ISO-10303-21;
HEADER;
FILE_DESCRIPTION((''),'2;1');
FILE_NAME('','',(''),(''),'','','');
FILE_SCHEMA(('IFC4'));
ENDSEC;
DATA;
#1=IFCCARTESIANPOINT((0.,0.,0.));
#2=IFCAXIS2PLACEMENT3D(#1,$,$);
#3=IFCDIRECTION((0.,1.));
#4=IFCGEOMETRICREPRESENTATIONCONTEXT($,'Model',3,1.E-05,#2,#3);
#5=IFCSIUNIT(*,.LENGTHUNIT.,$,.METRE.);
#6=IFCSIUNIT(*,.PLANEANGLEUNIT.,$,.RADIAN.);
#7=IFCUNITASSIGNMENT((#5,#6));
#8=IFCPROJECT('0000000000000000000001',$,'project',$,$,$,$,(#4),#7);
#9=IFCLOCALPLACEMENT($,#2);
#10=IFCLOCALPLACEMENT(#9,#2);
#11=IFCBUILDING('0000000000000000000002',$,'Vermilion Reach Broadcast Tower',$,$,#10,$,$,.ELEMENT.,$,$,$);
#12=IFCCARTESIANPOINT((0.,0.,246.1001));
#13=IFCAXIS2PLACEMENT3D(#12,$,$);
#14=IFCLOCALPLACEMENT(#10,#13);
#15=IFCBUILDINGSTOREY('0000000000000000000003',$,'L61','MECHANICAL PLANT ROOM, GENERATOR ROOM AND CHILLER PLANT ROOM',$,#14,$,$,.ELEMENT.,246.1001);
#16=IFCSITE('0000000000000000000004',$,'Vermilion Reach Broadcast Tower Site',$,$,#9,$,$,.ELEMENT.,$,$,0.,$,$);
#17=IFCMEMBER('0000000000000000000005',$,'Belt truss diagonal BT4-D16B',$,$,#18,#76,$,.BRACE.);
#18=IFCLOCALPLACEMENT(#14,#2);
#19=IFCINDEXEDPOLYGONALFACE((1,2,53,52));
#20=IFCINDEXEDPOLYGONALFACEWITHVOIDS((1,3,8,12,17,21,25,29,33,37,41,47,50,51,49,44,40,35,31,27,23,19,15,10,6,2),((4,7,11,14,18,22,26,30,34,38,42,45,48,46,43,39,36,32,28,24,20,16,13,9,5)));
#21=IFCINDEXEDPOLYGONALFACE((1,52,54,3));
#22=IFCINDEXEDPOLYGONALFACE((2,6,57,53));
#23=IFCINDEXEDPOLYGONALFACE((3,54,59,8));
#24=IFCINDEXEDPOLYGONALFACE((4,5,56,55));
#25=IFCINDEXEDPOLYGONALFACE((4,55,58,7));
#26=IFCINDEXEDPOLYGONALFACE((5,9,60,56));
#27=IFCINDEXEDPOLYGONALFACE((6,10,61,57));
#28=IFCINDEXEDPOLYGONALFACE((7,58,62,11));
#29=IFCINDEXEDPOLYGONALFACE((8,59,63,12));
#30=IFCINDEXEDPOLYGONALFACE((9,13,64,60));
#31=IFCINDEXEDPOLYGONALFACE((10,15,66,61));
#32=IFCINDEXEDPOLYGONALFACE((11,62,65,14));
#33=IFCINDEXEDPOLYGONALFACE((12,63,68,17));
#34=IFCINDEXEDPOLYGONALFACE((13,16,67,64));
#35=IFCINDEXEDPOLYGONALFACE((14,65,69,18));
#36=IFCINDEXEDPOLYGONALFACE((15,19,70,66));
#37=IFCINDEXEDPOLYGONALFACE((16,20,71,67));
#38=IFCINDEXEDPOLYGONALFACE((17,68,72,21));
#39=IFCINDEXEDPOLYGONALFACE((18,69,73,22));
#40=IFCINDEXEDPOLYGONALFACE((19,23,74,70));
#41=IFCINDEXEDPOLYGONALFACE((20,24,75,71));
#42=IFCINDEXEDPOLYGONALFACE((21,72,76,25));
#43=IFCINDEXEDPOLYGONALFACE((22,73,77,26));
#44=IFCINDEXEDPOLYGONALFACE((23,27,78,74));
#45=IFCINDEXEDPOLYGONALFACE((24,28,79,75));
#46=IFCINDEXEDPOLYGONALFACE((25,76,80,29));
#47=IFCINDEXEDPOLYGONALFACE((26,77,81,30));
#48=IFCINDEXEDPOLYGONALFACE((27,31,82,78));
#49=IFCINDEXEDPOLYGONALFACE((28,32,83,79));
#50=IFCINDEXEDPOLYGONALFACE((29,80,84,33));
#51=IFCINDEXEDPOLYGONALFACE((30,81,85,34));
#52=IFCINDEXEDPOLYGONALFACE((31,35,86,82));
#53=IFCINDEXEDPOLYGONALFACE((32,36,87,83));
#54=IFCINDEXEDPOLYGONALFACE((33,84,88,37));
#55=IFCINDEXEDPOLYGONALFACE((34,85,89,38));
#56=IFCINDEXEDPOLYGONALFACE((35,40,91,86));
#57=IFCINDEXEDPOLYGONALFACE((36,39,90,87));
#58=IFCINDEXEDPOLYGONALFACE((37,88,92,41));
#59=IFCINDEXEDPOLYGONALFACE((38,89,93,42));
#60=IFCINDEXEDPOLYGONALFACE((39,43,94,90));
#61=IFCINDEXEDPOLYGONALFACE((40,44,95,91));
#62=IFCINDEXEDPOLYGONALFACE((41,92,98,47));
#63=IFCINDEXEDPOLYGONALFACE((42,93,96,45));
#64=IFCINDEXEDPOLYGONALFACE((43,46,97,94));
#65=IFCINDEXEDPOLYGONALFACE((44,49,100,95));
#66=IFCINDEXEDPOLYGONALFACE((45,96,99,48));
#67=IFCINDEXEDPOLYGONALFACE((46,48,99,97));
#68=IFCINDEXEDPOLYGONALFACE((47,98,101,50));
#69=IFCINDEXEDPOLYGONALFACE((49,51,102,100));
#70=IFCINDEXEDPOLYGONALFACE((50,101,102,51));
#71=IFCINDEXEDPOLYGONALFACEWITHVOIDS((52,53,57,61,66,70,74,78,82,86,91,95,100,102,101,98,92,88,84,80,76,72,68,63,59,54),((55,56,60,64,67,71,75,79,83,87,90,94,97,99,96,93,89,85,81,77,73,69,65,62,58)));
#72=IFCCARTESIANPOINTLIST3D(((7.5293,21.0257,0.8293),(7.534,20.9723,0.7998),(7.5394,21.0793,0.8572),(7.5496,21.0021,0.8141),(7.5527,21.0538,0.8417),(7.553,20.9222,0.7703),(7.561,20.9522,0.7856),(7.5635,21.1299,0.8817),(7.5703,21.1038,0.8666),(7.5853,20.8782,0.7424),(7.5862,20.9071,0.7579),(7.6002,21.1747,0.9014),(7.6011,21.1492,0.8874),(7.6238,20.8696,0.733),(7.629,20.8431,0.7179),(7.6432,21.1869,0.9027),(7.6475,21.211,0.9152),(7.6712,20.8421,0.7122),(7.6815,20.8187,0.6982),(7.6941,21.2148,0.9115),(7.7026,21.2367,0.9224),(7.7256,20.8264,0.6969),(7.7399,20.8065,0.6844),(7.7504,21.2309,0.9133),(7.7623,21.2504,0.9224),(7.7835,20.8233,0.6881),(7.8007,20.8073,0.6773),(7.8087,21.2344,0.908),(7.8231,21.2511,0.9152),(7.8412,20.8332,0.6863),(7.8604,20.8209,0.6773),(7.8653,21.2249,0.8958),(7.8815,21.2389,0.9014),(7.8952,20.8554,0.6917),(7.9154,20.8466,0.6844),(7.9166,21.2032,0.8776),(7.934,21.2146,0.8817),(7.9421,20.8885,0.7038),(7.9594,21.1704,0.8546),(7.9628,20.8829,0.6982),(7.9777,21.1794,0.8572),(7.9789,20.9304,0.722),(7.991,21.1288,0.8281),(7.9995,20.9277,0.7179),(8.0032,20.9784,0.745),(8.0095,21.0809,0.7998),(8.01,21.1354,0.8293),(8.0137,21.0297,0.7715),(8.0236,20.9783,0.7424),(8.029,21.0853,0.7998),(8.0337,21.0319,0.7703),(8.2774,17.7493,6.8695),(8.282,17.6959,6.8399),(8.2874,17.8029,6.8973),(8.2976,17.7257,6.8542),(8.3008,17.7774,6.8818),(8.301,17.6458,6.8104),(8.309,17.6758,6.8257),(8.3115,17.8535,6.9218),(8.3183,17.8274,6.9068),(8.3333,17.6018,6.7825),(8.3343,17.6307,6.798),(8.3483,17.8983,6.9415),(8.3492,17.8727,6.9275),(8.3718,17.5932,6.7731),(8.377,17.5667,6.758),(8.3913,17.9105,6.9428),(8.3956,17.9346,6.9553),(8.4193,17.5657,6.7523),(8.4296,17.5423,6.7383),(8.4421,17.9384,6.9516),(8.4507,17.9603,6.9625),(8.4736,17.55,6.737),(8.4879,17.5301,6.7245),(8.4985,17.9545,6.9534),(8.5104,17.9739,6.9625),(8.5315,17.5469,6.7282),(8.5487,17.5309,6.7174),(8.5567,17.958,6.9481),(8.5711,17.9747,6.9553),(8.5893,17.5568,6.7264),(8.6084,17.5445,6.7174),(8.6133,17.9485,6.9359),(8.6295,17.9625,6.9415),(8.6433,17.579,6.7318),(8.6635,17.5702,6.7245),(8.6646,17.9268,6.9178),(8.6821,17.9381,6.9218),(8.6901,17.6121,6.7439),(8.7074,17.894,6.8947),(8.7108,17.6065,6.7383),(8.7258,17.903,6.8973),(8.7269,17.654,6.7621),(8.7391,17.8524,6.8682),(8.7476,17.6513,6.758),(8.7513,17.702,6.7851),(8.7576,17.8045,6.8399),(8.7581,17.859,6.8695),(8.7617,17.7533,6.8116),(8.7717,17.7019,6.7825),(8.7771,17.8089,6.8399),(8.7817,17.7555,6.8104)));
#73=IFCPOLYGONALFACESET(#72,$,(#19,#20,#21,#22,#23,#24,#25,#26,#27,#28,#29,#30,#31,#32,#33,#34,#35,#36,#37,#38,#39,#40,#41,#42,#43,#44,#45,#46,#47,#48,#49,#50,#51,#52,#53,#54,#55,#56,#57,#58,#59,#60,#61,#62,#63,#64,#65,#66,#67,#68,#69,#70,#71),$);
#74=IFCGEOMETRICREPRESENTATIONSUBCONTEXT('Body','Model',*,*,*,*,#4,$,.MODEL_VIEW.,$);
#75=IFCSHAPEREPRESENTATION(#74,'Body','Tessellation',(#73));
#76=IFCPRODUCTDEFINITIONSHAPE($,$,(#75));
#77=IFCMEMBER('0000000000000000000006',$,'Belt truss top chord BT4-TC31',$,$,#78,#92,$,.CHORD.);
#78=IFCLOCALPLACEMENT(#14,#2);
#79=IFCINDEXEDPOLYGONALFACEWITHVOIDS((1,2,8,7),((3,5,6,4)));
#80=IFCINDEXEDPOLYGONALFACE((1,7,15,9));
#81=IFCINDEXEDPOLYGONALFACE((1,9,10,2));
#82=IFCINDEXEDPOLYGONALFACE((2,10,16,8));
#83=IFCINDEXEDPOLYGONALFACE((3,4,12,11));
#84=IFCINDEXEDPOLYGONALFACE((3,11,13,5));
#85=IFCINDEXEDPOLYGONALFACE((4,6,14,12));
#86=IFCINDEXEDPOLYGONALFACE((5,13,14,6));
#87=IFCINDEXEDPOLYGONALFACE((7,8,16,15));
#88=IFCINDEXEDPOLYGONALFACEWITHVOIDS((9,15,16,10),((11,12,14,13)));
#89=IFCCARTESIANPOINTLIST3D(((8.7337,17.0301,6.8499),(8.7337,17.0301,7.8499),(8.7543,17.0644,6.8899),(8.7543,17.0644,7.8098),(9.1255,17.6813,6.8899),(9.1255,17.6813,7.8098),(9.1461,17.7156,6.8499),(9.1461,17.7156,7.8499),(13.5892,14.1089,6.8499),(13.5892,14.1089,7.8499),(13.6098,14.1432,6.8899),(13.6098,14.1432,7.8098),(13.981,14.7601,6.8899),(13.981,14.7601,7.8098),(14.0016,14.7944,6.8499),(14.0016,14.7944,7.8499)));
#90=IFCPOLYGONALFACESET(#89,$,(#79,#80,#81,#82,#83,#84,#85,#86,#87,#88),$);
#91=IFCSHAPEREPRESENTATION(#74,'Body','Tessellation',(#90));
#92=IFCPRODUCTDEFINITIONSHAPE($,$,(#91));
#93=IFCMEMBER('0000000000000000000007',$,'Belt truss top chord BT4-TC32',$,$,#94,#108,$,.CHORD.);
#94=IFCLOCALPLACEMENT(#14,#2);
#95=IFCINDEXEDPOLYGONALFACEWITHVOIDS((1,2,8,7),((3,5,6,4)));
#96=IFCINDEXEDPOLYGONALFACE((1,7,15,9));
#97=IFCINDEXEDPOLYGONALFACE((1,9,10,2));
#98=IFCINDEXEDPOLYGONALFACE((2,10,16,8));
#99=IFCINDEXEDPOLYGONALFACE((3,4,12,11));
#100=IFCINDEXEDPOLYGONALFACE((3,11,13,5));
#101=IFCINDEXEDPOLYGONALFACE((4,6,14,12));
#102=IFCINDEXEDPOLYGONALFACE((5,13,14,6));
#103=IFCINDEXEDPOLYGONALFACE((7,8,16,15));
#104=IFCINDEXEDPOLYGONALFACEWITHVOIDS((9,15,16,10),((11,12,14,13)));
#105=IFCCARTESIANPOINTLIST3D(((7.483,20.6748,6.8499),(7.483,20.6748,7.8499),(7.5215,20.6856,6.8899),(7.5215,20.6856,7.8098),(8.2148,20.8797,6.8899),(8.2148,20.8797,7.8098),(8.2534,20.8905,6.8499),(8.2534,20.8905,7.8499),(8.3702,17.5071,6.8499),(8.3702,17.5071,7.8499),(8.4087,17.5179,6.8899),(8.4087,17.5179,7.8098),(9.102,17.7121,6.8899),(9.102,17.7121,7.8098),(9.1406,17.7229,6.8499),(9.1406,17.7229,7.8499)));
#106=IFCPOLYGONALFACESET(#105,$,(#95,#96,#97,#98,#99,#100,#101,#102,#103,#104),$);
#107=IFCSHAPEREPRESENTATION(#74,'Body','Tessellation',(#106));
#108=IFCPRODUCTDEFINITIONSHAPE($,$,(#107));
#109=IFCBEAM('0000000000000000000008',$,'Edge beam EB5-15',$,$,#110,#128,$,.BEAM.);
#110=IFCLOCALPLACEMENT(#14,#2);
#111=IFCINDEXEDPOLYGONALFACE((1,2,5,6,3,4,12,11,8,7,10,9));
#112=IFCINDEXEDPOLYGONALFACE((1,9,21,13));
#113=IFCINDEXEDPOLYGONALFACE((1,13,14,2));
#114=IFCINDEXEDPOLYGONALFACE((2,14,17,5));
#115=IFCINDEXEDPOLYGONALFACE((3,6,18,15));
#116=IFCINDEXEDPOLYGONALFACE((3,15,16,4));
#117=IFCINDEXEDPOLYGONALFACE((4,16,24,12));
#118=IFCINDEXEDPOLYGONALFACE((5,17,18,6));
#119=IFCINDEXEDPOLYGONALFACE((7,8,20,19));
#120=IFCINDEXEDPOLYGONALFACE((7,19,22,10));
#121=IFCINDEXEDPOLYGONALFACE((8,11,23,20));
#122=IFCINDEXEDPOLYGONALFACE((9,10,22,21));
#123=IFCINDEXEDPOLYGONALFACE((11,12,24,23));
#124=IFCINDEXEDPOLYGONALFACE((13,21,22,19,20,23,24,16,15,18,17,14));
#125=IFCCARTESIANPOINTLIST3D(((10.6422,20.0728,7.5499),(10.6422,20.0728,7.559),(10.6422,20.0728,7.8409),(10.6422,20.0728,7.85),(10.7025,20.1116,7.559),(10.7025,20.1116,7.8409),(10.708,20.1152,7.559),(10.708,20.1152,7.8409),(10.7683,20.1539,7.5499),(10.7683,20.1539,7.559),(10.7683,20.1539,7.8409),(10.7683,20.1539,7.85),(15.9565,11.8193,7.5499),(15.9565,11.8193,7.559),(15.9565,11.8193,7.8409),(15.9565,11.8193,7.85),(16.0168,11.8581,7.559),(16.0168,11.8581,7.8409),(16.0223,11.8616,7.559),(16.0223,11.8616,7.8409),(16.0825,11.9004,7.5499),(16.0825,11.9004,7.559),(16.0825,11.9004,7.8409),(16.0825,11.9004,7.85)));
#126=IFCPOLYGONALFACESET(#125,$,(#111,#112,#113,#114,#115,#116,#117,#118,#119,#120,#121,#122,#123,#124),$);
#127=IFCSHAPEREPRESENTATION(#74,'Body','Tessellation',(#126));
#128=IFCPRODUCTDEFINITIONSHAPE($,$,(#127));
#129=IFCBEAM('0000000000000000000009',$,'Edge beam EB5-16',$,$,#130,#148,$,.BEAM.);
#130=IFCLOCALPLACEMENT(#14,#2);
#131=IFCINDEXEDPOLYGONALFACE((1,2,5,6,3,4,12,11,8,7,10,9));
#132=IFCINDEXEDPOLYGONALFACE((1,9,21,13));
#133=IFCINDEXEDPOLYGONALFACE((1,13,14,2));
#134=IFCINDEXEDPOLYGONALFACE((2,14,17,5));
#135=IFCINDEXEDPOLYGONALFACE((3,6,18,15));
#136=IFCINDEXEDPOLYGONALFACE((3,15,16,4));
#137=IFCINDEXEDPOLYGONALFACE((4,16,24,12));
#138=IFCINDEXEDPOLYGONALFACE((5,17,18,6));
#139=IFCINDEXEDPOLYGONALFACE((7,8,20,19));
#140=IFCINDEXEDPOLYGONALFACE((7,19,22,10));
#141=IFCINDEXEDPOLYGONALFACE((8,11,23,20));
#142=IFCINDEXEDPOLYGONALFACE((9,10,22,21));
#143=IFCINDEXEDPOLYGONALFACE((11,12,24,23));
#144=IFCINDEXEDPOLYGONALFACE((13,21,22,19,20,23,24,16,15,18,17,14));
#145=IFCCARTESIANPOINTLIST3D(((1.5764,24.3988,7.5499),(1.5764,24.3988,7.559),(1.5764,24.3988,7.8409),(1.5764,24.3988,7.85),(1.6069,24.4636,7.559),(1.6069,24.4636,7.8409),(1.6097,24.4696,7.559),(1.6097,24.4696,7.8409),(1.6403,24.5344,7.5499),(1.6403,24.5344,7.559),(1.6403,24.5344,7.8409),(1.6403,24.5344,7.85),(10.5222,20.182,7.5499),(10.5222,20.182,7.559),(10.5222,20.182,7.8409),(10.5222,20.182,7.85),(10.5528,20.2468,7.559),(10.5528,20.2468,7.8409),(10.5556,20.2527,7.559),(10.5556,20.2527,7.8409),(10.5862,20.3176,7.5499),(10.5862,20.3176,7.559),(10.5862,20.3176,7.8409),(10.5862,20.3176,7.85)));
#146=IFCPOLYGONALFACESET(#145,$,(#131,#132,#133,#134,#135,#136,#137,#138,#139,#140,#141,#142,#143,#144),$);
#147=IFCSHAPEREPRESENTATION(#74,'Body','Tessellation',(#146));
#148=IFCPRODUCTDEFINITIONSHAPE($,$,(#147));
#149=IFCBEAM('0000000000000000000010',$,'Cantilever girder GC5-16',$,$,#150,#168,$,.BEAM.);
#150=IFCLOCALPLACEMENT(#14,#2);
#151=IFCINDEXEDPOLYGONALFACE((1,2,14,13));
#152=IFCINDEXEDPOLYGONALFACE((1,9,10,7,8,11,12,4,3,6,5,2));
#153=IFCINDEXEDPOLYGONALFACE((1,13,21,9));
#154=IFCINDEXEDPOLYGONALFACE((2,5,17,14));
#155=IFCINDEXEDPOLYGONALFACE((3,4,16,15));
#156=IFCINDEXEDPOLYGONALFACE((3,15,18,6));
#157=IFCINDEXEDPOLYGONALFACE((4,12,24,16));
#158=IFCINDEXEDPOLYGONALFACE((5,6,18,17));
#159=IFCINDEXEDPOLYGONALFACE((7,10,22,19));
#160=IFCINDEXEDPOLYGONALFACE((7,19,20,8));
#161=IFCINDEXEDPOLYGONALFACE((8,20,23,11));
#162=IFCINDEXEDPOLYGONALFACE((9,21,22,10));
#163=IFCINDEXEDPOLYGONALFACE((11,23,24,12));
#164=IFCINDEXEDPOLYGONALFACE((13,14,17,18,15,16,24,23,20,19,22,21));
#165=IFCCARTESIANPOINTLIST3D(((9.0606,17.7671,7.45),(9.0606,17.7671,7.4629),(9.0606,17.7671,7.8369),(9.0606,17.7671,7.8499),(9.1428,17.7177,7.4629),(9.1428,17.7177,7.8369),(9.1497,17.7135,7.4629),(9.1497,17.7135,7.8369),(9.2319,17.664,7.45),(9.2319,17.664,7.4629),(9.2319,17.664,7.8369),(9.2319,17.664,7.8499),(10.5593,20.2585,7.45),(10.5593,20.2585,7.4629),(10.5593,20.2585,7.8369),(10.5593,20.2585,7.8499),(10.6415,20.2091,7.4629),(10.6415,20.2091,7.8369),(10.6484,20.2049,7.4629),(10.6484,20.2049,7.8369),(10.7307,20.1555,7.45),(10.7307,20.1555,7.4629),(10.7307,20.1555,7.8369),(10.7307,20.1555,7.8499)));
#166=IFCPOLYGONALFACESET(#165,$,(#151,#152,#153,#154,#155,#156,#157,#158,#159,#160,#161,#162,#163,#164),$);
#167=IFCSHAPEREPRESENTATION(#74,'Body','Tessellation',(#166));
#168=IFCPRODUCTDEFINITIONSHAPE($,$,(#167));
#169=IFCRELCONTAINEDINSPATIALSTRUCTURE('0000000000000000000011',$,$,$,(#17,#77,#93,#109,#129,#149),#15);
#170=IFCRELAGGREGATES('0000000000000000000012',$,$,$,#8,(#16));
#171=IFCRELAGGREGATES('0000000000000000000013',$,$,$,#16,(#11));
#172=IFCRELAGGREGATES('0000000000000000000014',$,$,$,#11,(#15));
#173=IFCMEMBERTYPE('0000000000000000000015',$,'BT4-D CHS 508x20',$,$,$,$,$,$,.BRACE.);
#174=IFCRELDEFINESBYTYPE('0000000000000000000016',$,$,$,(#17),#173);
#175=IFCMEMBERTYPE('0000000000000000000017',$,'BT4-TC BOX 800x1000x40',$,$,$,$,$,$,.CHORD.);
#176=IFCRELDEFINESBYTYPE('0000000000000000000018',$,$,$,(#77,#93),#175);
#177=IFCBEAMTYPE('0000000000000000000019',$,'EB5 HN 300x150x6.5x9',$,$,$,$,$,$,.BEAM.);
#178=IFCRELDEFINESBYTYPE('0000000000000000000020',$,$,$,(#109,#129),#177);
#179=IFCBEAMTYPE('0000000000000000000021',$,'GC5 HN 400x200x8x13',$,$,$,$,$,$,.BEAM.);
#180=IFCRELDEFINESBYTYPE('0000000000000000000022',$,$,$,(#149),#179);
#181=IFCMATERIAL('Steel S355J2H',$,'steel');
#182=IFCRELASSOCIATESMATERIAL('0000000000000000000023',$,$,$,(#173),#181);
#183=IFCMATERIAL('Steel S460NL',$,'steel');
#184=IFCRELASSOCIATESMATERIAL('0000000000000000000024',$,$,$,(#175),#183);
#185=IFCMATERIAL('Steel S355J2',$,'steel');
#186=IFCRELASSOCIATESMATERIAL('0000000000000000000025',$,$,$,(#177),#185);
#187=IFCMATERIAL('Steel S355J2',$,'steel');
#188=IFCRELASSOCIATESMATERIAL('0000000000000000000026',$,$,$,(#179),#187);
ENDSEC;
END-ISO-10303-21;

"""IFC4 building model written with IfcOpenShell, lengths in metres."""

from ifc_helpers import new_model, si_unit, direction, frame, origin, origin_2d, place, context, subcontext, project, spatial, hollow_rectangle, hollow_circle, i_section, extrude, material, material_profile, profile_set, type_object, element, save


model = new_model("IFC4")

# Units and contexts
model_context = context("Model", 3, precision=1e-05, world=origin(), true_north=direction((0.0, 1.0)))
body_context = subcontext(model_context, "Body", "Model", "MODEL_VIEW")
ifc_project = project(units=[si_unit("LENGTHUNIT", "METRE"), si_unit("PLANEANGLEUNIT", "RADIAN")], contexts=[model_context])

# Site, building, storey
site_placement = place(None, origin())
site = spatial("IfcSite", under=ifc_project, at=site_placement, Name="Vermilion Reach Broadcast Tower Site", CompositionType="ELEMENT", RefElevation=0.0)
building_placement = place(site_placement, origin())
building = spatial("IfcBuilding", under=site, at=building_placement, Name="Vermilion Reach Broadcast Tower", CompositionType="ELEMENT")
storey_placement = place(building_placement, frame((0.0, 0.0, 246.1001)))
storey = spatial("IfcBuildingStorey", under=building, at=storey_placement, Name="L61", Description="MECHANICAL PLANT ROOM, GENERATOR ROOM AND CHILLER PLANT ROOM", CompositionType="ELEMENT", Elevation=246.1001)

# Members
ifc_material_1 = material(Name="Steel S355J2H", Category="steel")
ifc_material_profile_1 = material_profile(ifc_material_1, hollow_circle(Radius=0.2539, WallThickness=0.02, at=origin_2d()), Name="S355J2H CHS 508x20")
ifc_profile_set_1 = profile_set([ifc_material_profile_1], Name="Steel S355J2H")
member_type_1 = type_object("IfcMemberType", Name="BT4-D CHS 508x20", PredefinedType="BRACE", material=ifc_profile_set_1)
member_1_placement = place(storey_placement, frame((7.7815, 21.0288, 0.7998), z_axis=(0.108224, -0.474009, 0.873844), x_axis=(0.974913, 0.222588, 0.0)))
element("IfcMember", 1, at=member_1_placement, inside=storey, type_object=member_type_1, Name="Belt truss diagonal BT4-D16B", PredefinedType="BRACE", context=body_context, shape_type="SweptSolid", body=[
    extrude(hollow_circle(Radius=0.2539, WallThickness=0.02, at=origin_2d()), origin(), (0.0, 0.0, 1.0), 6.9121),
])
ifc_material_2 = material(Name="Steel S460NL", Category="steel")
ifc_material_profile_2 = material_profile(ifc_material_2, hollow_rectangle(XDim=0.8, YDim=1.0, WallThickness=0.04, at=origin_2d()), Name="S460NL BOX 800x1000x40")
ifc_profile_set_2 = profile_set([ifc_material_profile_2], Name="Steel S460NL")
member_type_2 = type_object("IfcMemberType", Name="BT4-TC BOX 800x1000x40", PredefinedType="CHORD", material=ifc_profile_set_2)
member_2_placement = place(storey_placement, frame((13.7954, 14.4517, 7.3499), z_axis=(-0.85688, 0.515515, 0.0), x_axis=(-0.515515, -0.85688, 0.0)))
element("IfcMember", 2, at=member_2_placement, inside=storey, type_object=member_type_2, Name="Belt truss top chord BT4-TC31", PredefinedType="CHORD", context=body_context, shape_type="SweptSolid", body=[
    extrude(hollow_rectangle(XDim=0.8, YDim=1.0, WallThickness=0.04, at=origin_2d()), origin(), (0.0, 0.0, 1.0), 5.6665),
])
member_3_placement = place(storey_placement, frame((8.7554, 17.615, 7.3499), z_axis=(-0.269699, 0.962945, 0.0), x_axis=(-0.962945, -0.269699, 0.0)))
element("IfcMember", 3, at=member_3_placement, inside=storey, type_object=member_type_2, Name="Belt truss top chord BT4-TC32", PredefinedType="CHORD", context=body_context, shape_type="SweptSolid", body=[
    extrude(hollow_rectangle(XDim=0.8, YDim=1.0, WallThickness=0.04, at=origin_2d()), origin(), (0.0, 0.0, 1.0), 3.2896),
])

# Beams
ifc_material_3 = material(Name="Steel S355J2", Category="steel")
ifc_material_profile_3 = material_profile(ifc_material_3, i_section(OverallWidth=0.1499, OverallDepth=0.3, WebThickness=0.0066, FlangeThickness=0.009, at=origin_2d()), Name="S355J2 HN 300x150x6.5x9")
ifc_profile_set_3 = profile_set([ifc_material_profile_3], Name="Steel S355J2")
beam_type_1 = type_object("IfcBeamType", Name="EB5 HN 300x150x6.5x9", PredefinedType="BEAM", material=ifc_profile_set_3)
beam_1_placement = place(storey_placement, frame((16.0195, 11.8599, 7.7), z_axis=(-0.541366, 0.840787, 0.0), x_axis=(-0.840787, -0.541366, 0.0)))
element("IfcBeam", 4, at=beam_1_placement, inside=storey, type_object=beam_type_1, Name="Edge beam EB5-15", PredefinedType="BEAM", context=body_context, shape_type="SweptSolid", body=[
    extrude(i_section(OverallWidth=0.1499, OverallDepth=0.3, WebThickness=0.0066, FlangeThickness=0.009, at=origin_2d()), origin(), (0.0, 0.0, 1.0), 9.8164),
])
beam_2_placement = place(storey_placement, frame((10.5542, 20.2498, 7.7), z_axis=(-0.904546, 0.426377, 0.0), x_axis=(-0.426377, -0.904546, 0.0)))
element("IfcBeam", 5, at=beam_2_placement, inside=storey, type_object=beam_type_1, Name="Edge beam EB5-16", PredefinedType="BEAM", context=body_context, shape_type="SweptSolid", body=[
    extrude(i_section(OverallWidth=0.1499, OverallDepth=0.3, WebThickness=0.0066, FlangeThickness=0.009, at=origin_2d()), origin(), (0.0, 0.0, 1.0), 9.8899),
])
ifc_material_4 = material(Name="Steel S355J2", Category="steel")
ifc_material_profile_4 = material_profile(ifc_material_4, i_section(OverallWidth=0.2, OverallDepth=0.3999, WebThickness=0.0081, FlangeThickness=0.0129, at=origin_2d()), Name="S355J2 HN 400x200x8x13")
ifc_profile_set_4 = profile_set([ifc_material_profile_4], Name="Steel S355J2")
beam_type_2 = type_object("IfcBeamType", Name="GC5 HN 400x200x8x13", PredefinedType="BEAM", material=ifc_profile_set_4)
beam_3_placement = place(storey_placement, frame((9.1462, 17.7156, 7.6499), z_axis=(0.515483, 0.8569, 0.0), x_axis=(-0.8569, 0.515483, 0.0)))
element("IfcBeam", 6, at=beam_3_placement, inside=storey, type_object=beam_type_2, Name="Cantilever girder GC5-16", PredefinedType="BEAM", context=body_context, shape_type="SweptSolid", body=[
    extrude(i_section(OverallWidth=0.2, OverallDepth=0.3999, WebThickness=0.0081, FlangeThickness=0.0129, at=origin_2d()), origin(), (0.0, 0.0, 1.0), 2.9075),
])

save(model, "model.ifc")
